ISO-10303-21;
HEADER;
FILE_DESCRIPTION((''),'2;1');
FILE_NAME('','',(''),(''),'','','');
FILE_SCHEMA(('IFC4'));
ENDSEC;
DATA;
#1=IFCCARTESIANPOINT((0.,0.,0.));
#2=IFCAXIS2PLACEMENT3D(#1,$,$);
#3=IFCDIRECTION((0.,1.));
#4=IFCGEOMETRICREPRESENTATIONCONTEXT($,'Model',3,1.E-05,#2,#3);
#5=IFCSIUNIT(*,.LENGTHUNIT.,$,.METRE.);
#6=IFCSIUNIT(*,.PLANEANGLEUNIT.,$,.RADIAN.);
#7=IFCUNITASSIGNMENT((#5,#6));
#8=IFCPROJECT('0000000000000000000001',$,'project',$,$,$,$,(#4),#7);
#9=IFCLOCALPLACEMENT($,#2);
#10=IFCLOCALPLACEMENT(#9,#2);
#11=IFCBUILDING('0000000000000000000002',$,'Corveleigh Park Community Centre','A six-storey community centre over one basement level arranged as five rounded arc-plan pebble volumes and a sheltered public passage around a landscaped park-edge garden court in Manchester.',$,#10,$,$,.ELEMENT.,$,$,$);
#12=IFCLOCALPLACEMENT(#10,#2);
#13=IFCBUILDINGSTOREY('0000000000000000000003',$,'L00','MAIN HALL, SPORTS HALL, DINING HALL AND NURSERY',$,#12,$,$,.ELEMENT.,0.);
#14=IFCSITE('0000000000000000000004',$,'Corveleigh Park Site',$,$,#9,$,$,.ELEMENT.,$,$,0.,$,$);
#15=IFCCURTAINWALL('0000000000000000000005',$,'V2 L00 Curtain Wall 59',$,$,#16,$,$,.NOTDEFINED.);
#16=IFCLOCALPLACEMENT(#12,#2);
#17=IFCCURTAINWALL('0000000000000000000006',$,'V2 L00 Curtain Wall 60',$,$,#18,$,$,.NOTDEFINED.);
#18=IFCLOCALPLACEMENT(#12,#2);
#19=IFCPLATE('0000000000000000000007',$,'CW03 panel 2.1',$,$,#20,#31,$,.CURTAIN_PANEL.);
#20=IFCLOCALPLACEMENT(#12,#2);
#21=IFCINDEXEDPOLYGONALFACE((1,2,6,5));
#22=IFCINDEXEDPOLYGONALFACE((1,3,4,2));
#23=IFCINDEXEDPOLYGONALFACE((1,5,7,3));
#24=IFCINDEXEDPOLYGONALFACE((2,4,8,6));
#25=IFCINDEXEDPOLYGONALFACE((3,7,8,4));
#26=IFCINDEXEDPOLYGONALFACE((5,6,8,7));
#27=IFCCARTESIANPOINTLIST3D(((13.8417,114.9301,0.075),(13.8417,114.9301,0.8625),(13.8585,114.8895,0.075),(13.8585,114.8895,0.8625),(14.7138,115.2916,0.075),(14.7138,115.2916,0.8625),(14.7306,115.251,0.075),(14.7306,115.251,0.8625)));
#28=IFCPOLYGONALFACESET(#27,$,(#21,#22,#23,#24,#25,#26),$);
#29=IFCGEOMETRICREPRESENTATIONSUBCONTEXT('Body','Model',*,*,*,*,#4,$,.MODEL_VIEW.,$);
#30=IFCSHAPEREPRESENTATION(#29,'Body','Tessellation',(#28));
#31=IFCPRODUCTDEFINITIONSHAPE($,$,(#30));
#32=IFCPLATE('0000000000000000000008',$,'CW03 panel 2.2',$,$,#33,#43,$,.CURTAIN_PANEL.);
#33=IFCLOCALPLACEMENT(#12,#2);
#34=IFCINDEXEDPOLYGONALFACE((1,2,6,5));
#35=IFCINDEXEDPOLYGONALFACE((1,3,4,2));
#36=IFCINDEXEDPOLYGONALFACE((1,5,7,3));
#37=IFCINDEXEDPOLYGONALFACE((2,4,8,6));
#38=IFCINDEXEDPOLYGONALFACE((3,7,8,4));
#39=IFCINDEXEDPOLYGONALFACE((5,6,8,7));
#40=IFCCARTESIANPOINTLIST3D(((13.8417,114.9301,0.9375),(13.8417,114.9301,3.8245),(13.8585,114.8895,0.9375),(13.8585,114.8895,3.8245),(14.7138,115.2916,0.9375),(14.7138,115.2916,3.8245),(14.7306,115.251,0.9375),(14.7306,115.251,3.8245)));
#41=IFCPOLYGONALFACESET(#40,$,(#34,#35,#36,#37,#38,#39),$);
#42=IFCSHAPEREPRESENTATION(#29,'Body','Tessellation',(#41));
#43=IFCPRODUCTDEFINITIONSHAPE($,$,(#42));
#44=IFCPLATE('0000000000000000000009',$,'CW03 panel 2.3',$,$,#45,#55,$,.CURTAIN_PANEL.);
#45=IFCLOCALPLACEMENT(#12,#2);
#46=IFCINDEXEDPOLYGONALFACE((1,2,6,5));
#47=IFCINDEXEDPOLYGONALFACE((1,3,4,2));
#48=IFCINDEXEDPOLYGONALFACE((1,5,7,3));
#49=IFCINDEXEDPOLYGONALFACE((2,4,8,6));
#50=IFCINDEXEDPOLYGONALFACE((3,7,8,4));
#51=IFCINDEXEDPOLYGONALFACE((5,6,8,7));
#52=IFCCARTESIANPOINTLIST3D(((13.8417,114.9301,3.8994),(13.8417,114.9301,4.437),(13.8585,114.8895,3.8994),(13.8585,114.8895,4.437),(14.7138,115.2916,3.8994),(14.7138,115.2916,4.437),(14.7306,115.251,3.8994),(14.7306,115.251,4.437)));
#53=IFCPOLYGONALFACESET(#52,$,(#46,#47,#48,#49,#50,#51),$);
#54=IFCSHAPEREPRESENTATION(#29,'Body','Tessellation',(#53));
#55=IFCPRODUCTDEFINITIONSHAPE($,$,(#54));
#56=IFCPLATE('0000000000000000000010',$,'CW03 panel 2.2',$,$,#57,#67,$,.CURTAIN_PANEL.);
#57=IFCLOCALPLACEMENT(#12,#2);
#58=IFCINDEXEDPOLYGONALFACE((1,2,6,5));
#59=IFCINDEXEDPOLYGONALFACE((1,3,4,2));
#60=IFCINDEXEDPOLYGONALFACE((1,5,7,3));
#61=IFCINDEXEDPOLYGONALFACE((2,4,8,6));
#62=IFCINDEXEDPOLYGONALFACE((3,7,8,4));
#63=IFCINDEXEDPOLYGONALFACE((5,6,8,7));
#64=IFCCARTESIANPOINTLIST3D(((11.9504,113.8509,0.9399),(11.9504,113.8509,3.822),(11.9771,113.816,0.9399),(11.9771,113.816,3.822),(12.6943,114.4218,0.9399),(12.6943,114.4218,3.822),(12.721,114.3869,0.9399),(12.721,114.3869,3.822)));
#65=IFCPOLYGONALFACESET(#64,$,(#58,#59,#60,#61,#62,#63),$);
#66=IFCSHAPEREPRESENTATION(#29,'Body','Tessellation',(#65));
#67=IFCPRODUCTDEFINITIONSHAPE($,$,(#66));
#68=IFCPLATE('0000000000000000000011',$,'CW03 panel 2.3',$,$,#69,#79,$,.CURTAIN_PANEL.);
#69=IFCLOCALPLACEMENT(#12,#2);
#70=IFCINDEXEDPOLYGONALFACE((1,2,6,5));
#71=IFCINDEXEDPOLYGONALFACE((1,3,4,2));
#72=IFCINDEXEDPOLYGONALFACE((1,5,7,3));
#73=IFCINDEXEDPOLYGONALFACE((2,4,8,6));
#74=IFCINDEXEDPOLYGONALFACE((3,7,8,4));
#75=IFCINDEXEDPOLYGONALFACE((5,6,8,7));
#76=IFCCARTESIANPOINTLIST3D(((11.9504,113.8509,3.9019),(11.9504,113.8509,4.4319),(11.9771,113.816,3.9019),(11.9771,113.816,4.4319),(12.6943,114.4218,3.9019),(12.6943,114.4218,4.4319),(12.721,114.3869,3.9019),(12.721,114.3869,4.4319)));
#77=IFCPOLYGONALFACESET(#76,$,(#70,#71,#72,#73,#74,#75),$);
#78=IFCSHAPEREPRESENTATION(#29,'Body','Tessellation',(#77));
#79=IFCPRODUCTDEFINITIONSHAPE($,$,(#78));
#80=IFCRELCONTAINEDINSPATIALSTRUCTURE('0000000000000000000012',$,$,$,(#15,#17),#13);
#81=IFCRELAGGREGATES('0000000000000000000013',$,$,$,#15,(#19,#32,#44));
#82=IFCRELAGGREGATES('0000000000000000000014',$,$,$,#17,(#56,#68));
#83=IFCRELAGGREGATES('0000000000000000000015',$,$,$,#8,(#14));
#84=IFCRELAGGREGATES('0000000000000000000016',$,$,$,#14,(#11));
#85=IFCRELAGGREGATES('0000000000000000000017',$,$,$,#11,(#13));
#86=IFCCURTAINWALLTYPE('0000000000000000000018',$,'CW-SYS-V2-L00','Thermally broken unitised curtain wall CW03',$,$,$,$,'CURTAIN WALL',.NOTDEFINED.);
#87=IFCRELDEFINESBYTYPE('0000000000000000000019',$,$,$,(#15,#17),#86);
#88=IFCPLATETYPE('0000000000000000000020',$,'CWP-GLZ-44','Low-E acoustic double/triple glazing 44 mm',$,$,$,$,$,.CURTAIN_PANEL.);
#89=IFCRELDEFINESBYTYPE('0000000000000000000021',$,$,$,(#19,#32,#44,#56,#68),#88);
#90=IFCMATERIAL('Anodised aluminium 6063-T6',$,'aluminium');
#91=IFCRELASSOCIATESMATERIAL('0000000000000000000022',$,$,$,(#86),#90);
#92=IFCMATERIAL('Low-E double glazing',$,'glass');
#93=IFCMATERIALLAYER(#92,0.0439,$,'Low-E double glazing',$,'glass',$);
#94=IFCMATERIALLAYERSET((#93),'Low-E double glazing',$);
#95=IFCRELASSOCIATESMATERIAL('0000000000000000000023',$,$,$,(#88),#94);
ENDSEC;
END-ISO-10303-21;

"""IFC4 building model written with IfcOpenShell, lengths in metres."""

from ifc_helpers import new_model, si_unit, direction, frame, origin, origin_2d, place, context, subcontext, project, spatial, rectangle, extrude, material, layer, layer_set, type_object, element, aggregate, save


model = new_model("IFC4")

# Units and contexts
model_context = context("Model", 3, precision=1e-05, world=origin(), true_north=direction((0.0, 1.0)))
body_context = subcontext(model_context, "Body", "Model", "MODEL_VIEW")
ifc_project = project(units=[si_unit("LENGTHUNIT", "METRE"), si_unit("PLANEANGLEUNIT", "RADIAN")], contexts=[model_context])

# Site, building, storey
site_placement = place(None, origin())
site = spatial("IfcSite", under=ifc_project, at=site_placement, Name="Corveleigh Park Site", CompositionType="ELEMENT", RefElevation=0.0)
building_placement = place(site_placement, origin())
building = spatial("IfcBuilding", under=site, at=building_placement, Name="Corveleigh Park Community Centre", Description="A six-storey community centre over one basement level arranged as five rounded arc-plan pebble volumes and a sheltered public passage around a landscaped park-edge garden court in Manchester.", CompositionType="ELEMENT")
storey_placement = place(building_placement, origin())
storey = spatial("IfcBuildingStorey", under=building, at=storey_placement, Name="L00", Description="MAIN HALL, SPORTS HALL, DINING HALL AND NURSERY", CompositionType="ELEMENT", Elevation=0.0)

# Shared definitions
ifc_material_1 = material(Name="Anodised aluminium 6063-T6", Category="aluminium")
curtain_wall_type = type_object("IfcCurtainWallType", Name="CW-SYS-V2-L00", Description="Thermally broken unitised curtain wall CW03", ElementType="CURTAIN WALL", PredefinedType="NOTDEFINED", material=ifc_material_1)

# Curtain wall
curtain_wall_1_placement = place(storey_placement, origin())
curtain_wall_1 = element("IfcCurtainWall", 1, at=curtain_wall_1_placement, inside=storey, type_object=curtain_wall_type, Name="V2 L00 Curtain Wall 59", PredefinedType="NOTDEFINED")

# Curtain wall
curtain_wall_2_placement = place(storey_placement, origin())
curtain_wall_2 = element("IfcCurtainWall", 2, at=curtain_wall_2_placement, inside=storey, type_object=curtain_wall_type, Name="V2 L00 Curtain Wall 60", PredefinedType="NOTDEFINED")

# Plates
ifc_material_2 = material(Name="Low-E double glazing", Category="glass")
ifc_layer = layer(ifc_material_2, 0.0439, Name="Low-E double glazing", Category="glass")
ifc_layer_set = layer_set([ifc_layer], Name="Low-E double glazing")
plate_type = type_object("IfcPlateType", Name="CWP-GLZ-44", Description="Low-E acoustic double/triple glazing 44 mm", PredefinedType="CURTAIN_PANEL", material=ifc_layer_set)
plate_1_placement = place(storey_placement, frame((14.2861, 115.0906, 0.075), z_axis=(0.0, 0.0, 1.0), x_axis=(0.92377, 0.382947, 0.0)))
plate_1 = element("IfcPlate", 3, at=plate_1_placement, type_object=plate_type, Name="CW03 panel 2.1", PredefinedType="CURTAIN_PANEL", context=body_context, shape_type="SweptSolid", body=[
    extrude(rectangle(XDim=0.9441, YDim=0.0439, at=origin_2d()), origin(), (0.0, 0.0, 1.0), 0.7876),
])
plate_2_placement = place(storey_placement, frame((14.2861, 115.0906, 0.9375), z_axis=(0.0, 0.0, 1.0), x_axis=(0.92377, 0.382947, 0.0)))
plate_2 = element("IfcPlate", 4, at=plate_2_placement, type_object=plate_type, Name="CW03 panel 2.2", PredefinedType="CURTAIN_PANEL", context=body_context, shape_type="SweptSolid", body=[
    extrude(rectangle(XDim=0.9441, YDim=0.0439, at=origin_2d()), origin(), (0.0, 0.0, 1.0), 2.887),
])
plate_3_placement = place(storey_placement, frame((14.2861, 115.0906, 3.8994), z_axis=(0.0, 0.0, 1.0), x_axis=(0.92377, 0.382947, 0.0)))
plate_3 = element("IfcPlate", 5, at=plate_3_placement, type_object=plate_type, Name="CW03 panel 2.3", PredefinedType="CURTAIN_PANEL", context=body_context, shape_type="SweptSolid", body=[
    extrude(rectangle(XDim=0.9441, YDim=0.0439, at=origin_2d()), origin(), (0.0, 0.0, 1.0), 0.5376),
])
aggregate(curtain_wall_1, [plate_1, plate_2, plate_3])
plate_4_placement = place(storey_placement, frame((12.3357, 114.1189, 0.9399), z_axis=(0.0, 0.0, 1.0), x_axis=(0.793304, 0.608826, 0.0)))
plate_4 = element("IfcPlate", 6, at=plate_4_placement, type_object=plate_type, Name="CW03 panel 2.2", PredefinedType="CURTAIN_PANEL", context=body_context, shape_type="SweptSolid", body=[
    extrude(rectangle(XDim=0.9377, YDim=0.0439, at=origin_2d()), origin(), (0.0, 0.0, 1.0), 2.8821),
])
plate_5_placement = place(storey_placement, frame((12.3357, 114.1189, 3.9019), z_axis=(0.0, 0.0, 1.0), x_axis=(0.793304, 0.608826, 0.0)))
plate_5 = element("IfcPlate", 7, at=plate_5_placement, type_object=plate_type, Name="CW03 panel 2.3", PredefinedType="CURTAIN_PANEL", context=body_context, shape_type="SweptSolid", body=[
    extrude(rectangle(XDim=0.9377, YDim=0.0439, at=origin_2d()), origin(), (0.0, 0.0, 1.0), 0.53),
])
aggregate(curtain_wall_2, [plate_4, plate_5])

save(model, "model.ifc")
